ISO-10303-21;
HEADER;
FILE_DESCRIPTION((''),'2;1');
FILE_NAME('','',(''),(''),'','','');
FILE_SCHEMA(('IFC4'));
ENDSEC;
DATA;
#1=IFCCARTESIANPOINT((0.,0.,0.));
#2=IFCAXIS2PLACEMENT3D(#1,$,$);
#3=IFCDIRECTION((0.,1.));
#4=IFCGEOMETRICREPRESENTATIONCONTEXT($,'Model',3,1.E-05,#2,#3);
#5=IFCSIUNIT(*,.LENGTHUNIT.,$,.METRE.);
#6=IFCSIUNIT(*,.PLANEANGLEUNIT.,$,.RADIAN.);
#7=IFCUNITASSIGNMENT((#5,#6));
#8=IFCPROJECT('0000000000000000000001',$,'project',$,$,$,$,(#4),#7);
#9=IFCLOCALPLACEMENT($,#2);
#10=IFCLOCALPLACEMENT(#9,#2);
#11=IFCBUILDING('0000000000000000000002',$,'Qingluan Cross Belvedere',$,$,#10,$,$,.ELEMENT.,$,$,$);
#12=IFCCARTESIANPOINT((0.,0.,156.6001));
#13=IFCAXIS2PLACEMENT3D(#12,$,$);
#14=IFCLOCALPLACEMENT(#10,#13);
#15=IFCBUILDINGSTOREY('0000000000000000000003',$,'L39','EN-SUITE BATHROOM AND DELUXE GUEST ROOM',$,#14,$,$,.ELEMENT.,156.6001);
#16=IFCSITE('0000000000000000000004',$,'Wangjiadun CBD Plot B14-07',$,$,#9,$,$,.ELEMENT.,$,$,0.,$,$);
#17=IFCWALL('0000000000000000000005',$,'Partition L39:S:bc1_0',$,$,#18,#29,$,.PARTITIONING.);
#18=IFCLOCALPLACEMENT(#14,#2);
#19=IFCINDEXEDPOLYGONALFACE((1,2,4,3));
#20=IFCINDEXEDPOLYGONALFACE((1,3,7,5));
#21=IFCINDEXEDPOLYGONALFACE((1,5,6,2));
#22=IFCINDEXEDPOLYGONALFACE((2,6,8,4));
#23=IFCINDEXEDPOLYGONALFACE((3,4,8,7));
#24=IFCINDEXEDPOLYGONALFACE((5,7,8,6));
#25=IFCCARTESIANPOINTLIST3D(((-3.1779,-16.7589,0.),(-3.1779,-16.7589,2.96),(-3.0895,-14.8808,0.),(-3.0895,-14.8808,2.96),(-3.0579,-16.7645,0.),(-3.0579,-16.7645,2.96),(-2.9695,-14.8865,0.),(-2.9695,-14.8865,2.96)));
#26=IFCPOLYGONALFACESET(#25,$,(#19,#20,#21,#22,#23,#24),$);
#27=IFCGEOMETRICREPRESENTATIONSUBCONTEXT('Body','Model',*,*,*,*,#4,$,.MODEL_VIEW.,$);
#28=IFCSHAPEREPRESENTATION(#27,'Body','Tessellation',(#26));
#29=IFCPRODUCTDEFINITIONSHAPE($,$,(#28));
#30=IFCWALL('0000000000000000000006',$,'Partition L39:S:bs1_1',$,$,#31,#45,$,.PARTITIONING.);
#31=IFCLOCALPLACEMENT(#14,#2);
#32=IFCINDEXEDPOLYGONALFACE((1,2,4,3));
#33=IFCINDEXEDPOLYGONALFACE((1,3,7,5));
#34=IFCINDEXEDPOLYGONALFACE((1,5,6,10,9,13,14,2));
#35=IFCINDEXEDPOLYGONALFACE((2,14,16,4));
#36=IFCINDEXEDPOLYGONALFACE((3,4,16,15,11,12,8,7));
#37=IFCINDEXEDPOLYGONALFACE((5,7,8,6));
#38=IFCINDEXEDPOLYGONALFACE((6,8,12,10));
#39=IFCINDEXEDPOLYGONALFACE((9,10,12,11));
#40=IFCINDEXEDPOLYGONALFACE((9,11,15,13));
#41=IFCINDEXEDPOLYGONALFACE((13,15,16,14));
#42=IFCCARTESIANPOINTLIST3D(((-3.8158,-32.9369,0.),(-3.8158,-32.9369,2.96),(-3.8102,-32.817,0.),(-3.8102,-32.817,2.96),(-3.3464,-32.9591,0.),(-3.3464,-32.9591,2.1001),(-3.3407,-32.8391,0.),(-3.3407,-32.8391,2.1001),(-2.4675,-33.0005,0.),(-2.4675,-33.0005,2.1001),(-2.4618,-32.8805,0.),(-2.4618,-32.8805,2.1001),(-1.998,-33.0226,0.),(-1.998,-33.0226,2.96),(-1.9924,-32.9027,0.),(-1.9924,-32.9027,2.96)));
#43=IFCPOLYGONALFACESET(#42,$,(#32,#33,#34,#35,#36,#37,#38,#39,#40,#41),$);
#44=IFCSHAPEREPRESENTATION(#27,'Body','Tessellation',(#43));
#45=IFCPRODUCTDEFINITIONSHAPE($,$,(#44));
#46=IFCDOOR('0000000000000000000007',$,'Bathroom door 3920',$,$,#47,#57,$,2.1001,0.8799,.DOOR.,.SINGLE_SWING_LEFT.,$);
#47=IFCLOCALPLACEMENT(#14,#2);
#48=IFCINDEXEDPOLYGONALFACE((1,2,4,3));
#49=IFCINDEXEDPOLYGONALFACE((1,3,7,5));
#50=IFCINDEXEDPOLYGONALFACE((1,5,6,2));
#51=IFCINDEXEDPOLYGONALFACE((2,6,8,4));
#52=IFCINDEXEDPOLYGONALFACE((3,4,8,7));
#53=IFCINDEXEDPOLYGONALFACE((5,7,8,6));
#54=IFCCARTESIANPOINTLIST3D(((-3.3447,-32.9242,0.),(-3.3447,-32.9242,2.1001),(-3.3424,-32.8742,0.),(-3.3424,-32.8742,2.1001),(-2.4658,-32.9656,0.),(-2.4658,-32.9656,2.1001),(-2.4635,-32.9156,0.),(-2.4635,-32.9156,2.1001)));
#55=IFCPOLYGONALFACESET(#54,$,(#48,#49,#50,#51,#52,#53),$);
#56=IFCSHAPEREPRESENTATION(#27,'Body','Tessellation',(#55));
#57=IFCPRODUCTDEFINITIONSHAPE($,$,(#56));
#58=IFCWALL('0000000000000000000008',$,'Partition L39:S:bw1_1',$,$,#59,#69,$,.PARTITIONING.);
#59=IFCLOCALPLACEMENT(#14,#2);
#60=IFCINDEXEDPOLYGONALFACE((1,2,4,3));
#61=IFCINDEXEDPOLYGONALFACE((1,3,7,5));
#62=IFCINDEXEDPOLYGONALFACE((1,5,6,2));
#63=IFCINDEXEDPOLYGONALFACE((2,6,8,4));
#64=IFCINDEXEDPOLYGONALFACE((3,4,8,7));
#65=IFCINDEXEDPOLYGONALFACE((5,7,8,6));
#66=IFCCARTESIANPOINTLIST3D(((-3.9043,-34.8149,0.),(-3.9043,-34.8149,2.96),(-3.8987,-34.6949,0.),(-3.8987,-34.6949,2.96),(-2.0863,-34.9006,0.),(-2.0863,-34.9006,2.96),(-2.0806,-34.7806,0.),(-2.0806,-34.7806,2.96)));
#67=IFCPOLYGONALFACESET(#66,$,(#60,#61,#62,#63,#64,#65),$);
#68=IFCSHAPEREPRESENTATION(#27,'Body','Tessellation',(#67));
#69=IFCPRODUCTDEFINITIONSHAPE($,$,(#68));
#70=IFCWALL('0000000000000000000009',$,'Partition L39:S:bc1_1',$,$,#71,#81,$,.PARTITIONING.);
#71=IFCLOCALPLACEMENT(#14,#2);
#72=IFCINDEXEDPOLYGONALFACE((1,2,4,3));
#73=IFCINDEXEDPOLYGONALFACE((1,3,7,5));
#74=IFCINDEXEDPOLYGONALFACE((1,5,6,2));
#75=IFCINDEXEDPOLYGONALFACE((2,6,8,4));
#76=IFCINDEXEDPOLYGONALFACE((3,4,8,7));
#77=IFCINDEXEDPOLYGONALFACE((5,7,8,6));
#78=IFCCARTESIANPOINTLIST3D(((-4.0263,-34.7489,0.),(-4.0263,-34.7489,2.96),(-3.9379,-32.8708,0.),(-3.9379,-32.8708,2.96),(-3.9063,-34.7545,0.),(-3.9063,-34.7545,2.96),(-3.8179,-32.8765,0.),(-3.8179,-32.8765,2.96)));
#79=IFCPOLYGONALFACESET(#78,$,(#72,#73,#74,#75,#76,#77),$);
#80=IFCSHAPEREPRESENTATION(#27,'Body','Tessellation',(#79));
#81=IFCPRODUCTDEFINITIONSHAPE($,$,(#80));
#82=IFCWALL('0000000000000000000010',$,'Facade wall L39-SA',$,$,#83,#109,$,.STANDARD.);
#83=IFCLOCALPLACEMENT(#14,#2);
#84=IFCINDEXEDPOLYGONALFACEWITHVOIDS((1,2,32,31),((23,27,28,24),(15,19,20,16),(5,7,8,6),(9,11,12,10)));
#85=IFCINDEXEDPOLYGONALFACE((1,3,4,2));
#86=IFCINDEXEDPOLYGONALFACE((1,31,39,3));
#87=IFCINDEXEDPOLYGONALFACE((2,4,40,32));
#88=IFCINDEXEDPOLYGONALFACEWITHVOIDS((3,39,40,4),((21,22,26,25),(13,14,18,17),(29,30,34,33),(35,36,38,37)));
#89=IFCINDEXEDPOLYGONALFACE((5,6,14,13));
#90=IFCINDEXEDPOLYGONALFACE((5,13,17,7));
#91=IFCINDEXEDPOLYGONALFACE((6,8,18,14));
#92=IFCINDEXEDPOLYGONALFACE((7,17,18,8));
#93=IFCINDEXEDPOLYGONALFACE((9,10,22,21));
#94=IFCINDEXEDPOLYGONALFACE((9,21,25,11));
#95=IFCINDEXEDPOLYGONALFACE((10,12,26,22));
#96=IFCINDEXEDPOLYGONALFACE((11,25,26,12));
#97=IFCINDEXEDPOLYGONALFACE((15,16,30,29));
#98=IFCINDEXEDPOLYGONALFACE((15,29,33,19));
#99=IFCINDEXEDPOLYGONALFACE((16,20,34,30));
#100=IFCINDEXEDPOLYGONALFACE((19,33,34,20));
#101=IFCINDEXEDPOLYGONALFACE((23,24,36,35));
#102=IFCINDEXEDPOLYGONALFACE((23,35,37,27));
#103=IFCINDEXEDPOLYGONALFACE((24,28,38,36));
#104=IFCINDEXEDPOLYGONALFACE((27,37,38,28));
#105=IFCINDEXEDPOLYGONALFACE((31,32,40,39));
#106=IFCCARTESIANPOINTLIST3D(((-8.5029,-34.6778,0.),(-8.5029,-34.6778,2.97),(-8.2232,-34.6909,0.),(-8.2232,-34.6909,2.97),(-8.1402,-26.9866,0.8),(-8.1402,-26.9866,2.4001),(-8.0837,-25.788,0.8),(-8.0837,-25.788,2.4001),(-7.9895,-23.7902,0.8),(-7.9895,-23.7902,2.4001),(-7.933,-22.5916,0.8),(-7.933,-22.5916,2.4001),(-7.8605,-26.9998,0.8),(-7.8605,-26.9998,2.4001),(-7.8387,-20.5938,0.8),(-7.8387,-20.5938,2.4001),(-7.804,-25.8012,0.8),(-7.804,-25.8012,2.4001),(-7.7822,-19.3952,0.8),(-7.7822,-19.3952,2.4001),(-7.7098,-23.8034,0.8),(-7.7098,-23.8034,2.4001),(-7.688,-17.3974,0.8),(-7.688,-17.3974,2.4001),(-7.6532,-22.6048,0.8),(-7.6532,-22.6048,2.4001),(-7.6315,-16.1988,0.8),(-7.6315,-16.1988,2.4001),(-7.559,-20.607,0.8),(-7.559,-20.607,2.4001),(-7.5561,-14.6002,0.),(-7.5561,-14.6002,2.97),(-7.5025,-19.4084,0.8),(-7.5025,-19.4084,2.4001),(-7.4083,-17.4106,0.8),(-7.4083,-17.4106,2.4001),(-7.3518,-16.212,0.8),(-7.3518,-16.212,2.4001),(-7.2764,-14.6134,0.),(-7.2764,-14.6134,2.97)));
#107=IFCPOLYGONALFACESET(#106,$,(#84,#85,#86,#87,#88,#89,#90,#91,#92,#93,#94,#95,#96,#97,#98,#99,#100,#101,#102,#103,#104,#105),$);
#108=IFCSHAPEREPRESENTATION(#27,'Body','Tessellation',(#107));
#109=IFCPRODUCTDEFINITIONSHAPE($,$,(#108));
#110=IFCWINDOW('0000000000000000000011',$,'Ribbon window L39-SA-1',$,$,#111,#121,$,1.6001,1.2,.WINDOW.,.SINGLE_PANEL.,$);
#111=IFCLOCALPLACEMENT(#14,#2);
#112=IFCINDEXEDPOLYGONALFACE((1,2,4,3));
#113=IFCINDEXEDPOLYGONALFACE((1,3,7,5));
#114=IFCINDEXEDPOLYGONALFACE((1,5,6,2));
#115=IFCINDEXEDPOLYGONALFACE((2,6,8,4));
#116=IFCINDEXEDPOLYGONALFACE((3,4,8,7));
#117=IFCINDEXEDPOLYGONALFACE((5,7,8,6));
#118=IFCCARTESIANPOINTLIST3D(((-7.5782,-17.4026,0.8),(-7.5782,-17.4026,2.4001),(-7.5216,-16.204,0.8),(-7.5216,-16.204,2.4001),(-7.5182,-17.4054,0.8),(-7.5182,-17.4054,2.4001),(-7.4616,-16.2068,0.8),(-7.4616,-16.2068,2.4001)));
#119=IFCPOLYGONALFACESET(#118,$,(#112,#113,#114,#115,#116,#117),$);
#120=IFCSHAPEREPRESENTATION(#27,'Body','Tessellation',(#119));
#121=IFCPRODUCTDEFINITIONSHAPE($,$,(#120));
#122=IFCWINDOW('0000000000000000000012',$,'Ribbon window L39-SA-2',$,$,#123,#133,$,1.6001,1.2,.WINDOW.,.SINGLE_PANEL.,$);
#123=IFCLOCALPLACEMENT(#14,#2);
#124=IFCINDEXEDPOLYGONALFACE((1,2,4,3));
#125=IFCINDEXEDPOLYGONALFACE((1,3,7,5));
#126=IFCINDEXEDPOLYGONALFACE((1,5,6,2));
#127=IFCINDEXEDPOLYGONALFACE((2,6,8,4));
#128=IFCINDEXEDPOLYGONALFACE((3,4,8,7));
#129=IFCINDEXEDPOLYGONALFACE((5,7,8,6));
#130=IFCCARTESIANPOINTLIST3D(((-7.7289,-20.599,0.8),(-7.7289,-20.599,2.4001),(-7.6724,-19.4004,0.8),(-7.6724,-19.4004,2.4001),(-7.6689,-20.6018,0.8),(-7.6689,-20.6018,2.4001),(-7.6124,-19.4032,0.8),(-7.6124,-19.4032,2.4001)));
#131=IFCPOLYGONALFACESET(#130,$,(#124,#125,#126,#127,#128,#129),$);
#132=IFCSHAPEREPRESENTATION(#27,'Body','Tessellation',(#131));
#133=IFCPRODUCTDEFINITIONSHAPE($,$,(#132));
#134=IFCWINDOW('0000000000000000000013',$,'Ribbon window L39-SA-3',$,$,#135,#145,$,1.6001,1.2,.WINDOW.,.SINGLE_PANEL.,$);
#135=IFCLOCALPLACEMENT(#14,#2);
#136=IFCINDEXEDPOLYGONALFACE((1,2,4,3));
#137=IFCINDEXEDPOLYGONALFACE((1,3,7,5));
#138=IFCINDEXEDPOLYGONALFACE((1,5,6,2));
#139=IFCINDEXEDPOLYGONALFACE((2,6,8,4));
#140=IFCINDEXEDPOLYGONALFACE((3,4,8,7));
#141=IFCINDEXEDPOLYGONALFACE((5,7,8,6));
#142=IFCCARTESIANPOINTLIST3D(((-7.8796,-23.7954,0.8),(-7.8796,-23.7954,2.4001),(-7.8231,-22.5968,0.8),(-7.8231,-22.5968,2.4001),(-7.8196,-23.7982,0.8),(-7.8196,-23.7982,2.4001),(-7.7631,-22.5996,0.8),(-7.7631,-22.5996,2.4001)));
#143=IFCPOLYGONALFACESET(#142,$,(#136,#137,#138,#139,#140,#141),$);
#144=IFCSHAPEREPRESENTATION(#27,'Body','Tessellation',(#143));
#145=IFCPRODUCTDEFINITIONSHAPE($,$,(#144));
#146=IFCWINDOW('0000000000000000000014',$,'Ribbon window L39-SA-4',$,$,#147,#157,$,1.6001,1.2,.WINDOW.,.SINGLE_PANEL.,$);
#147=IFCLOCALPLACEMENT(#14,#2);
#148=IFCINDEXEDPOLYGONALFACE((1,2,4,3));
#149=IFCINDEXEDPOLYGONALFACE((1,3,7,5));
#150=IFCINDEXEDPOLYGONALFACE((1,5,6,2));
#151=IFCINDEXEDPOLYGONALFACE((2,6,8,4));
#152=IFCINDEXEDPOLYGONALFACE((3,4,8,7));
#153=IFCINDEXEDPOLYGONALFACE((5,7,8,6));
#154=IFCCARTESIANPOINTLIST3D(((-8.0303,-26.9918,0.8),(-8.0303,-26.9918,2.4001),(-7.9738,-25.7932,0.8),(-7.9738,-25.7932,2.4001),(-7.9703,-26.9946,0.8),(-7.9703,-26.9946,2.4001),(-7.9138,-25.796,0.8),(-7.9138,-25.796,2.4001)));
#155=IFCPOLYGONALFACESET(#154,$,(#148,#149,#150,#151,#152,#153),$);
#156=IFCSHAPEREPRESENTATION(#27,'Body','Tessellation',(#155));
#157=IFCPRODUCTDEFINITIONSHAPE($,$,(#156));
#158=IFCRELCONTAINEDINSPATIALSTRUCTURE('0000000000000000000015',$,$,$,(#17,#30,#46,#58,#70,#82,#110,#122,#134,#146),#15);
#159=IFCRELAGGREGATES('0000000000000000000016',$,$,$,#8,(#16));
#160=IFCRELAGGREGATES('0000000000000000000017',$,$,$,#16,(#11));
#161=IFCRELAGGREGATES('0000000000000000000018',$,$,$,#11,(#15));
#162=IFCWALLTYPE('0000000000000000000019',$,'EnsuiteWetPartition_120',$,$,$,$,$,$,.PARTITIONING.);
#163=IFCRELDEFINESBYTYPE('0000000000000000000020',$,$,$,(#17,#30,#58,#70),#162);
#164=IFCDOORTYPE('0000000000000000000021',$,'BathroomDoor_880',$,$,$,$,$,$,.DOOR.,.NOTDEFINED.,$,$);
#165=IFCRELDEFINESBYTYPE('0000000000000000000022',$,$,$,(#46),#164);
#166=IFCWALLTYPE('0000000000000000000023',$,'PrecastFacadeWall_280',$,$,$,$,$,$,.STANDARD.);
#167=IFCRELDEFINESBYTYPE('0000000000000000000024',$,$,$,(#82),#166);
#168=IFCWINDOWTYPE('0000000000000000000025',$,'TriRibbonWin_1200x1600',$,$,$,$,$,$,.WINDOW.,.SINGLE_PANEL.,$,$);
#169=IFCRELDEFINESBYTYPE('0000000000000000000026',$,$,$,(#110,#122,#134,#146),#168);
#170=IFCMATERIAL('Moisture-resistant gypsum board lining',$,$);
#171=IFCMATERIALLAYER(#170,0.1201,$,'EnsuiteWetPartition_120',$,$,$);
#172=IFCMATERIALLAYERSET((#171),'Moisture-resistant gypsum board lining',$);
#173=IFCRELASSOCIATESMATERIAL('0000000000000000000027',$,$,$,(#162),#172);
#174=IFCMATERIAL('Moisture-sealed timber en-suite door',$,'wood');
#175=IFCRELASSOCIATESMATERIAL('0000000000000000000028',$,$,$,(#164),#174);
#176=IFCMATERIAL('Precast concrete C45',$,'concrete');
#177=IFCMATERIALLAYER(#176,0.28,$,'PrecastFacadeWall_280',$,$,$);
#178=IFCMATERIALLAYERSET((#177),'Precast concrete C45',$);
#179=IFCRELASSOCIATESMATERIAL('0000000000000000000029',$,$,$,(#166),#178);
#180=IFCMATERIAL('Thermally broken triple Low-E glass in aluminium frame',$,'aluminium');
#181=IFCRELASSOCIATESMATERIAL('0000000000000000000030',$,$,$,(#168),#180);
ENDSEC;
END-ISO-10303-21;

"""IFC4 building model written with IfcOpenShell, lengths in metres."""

from ifc_helpers import new_model, si_unit, direction, frame, frame_2d, origin, place, context, subcontext, project, spatial, rectangle, extrude, material, layer, layer_set, type_object, element, fill, save


model = new_model("IFC4")

# Units and contexts
model_context = context("Model", 3, precision=1e-05, world=origin(), true_north=direction((0.0, 1.0)))
body_context = subcontext(model_context, "Body", "Model", "MODEL_VIEW")
ifc_project = project(units=[si_unit("LENGTHUNIT", "METRE"), si_unit("PLANEANGLEUNIT", "RADIAN")], contexts=[model_context])

# Site, building, storey
site_placement = place(None, origin())
site = spatial("IfcSite", under=ifc_project, at=site_placement, Name="Wangjiadun CBD Plot B14-07", CompositionType="ELEMENT", RefElevation=0.0)
building_placement = place(site_placement, origin())
building = spatial("IfcBuilding", under=site, at=building_placement, Name="Qingluan Cross Belvedere", CompositionType="ELEMENT")
storey_placement = place(building_placement, frame((0.0, 0.0, 156.6001)))
storey = spatial("IfcBuildingStorey", under=building, at=storey_placement, Name="L39", Description="EN-SUITE BATHROOM AND DELUXE GUEST ROOM", CompositionType="ELEMENT", Elevation=156.6001)

# Shared definitions
ifc_material_1 = material(Name="Moisture-resistant gypsum board lining")
ifc_layer_1 = layer(ifc_material_1, 0.1201, Name="EnsuiteWetPartition_120")
ifc_layer_set_1 = layer_set([ifc_layer_1], Name="Moisture-resistant gypsum board lining")
wall_type_1 = type_object("IfcWallType", Name="EnsuiteWetPartition_120", PredefinedType="PARTITIONING", material=ifc_layer_set_1)
ifc_material_2 = material(Name="Moisture-sealed timber en-suite door", Category="wood")
door_type = type_object("IfcDoorType", Name="BathroomDoor_880", OperationType="NOTDEFINED", PredefinedType="DOOR", material=ifc_material_2)

# Wall
wall_1_placement = place(storey_placement, frame((-3.0295, -14.8838, 0.0), z_axis=(0.0, 0.0, 1.0), x_axis=(-0.04701, -0.998894, 0.0)))
element("IfcWall", 1, at=wall_1_placement, inside=storey, type_object=wall_type_1, Name="Partition L39:S:bc1_0", PredefinedType="PARTITIONING", context=body_context, shape_type="SweptSolid", body=[
    extrude(rectangle(XDim=1.8801, YDim=0.1201, at=frame_2d((0.9399, 0.0))), origin(), (0.0, 0.0, 1.0), 2.96),
])

# Wall, opening, door
wall_2_placement = place(storey_placement, frame((-3.813, -32.877, 0.0), z_axis=(0.0, 0.0, 1.0), x_axis=(0.998891, -0.047087, 0.0)))
wall_2 = element("IfcWall", 2, at=wall_2_placement, inside=storey, type_object=wall_type_1, Name="Partition L39:S:bs1_1", PredefinedType="PARTITIONING", context=body_context, shape_type="SweptSolid", body=[
    extrude(rectangle(XDim=1.8198, YDim=0.1201, at=frame_2d((0.9099, 0.0))), origin(), (0.0, 0.0, 1.0), 2.96),
])
opening_1_placement = place(wall_2_placement, frame((0.47, 0.0, 0.0)))
opening_1 = element("IfcOpeningElement", 3, at=opening_1_placement, cuts=wall_2, PredefinedType="OPENING", context=body_context, shape_type="SweptSolid", body=[
    extrude(rectangle(XDim=0.8799, YDim=2.1001, at=frame_2d((0.4399, 1.05))), frame((0.0, 0.0701, 0.0), z_axis=(0.0, -1.0, 0.0), x_axis=(1.0, 0.0, 0.0)), (0.0, 0.0, 1.0), 0.1401),
])
door_1_placement = place(opening_1_placement, origin())
door_1 = element("IfcDoor", 4, at=door_1_placement, inside=storey, type_object=door_type, Name="Bathroom door 3920", OperationType="SINGLE_SWING_LEFT", OverallHeight=2.1001, OverallWidth=0.8799, PredefinedType="DOOR", context=body_context, shape_type="SweptSolid", body=[
    extrude(rectangle(XDim=0.8799, YDim=2.1001, at=frame_2d((0.4399, 1.05))), frame((0.0, 0.0249, 0.0), z_axis=(0.0, -1.0, 0.0), x_axis=(1.0, 0.0, 0.0)), (0.0, 0.0, 1.0), 0.05),
])
fill(opening_1, door_1)

# Walls
wall_3_placement = place(storey_placement, frame((-3.9016, -34.7549, 0.0), z_axis=(0.0, 0.0, 1.0), x_axis=(0.998891, -0.047081, 0.0)))
element("IfcWall", 5, at=wall_3_placement, inside=storey, type_object=wall_type_1, Name="Partition L39:S:bw1_1", PredefinedType="PARTITIONING", context=body_context, shape_type="SweptSolid", body=[
    extrude(rectangle(XDim=1.8201, YDim=0.1201, at=frame_2d((0.9102, 0.0))), origin(), (0.0, 0.0, 1.0), 2.96),
])
wall_4_placement = place(storey_placement, frame((-3.8779, -32.8738, 0.0), z_axis=(0.0, 0.0, 1.0), x_axis=(-0.04701, -0.998894, 0.0)))
element("IfcWall", 6, at=wall_4_placement, inside=storey, type_object=wall_type_1, Name="Partition L39:S:bc1_1", PredefinedType="PARTITIONING", context=body_context, shape_type="SweptSolid", body=[
    extrude(rectangle(XDim=1.8801, YDim=0.1201, at=frame_2d((0.9399, 0.0))), origin(), (0.0, 0.0, 1.0), 2.96),
])

# Wall, openings, windows
ifc_material_3 = material(Name="Precast concrete C45", Category="concrete")
ifc_layer_2 = layer(ifc_material_3, 0.28, Name="PrecastFacadeWall_280")
ifc_layer_set_2 = layer_set([ifc_layer_2], Name="Precast concrete C45")
wall_type_2 = type_object("IfcWallType", Name="PrecastFacadeWall_280", PredefinedType="STANDARD", material=ifc_layer_set_2)
wall_5_placement = place(storey_placement, frame((-7.4163, -14.6069, 0.0), z_axis=(0.0, 0.0, 1.0), x_axis=(-0.047103, -0.99889, 0.0)))
wall_5 = element("IfcWall", 7, at=wall_5_placement, inside=storey, type_object=wall_type_2, Name="Facade wall L39-SA", PredefinedType="STANDARD", context=body_context, shape_type="SweptSolid", body=[
    extrude(rectangle(XDim=20.0999, YDim=0.28, at=frame_2d((10.0498, 0.0))), origin(), (0.0, 0.0, 1.0), 2.97),
])
opening_2_placement = place(wall_5_placement, frame((1.6001, 0.0, 0.8)))
opening_2 = element("IfcOpeningElement", 8, at=opening_2_placement, cuts=wall_5, PredefinedType="OPENING", context=body_context, shape_type="SweptSolid", body=[
    extrude(rectangle(XDim=1.2, YDim=1.6001, at=frame_2d((0.6001, 0.8))), frame((0.0, 0.1499, 0.0), z_axis=(0.0, -1.0, 0.0), x_axis=(1.0, 0.0, 0.0)), (0.0, 0.0, 1.0), 0.3),
])
opening_3_placement = place(wall_5_placement, frame((4.8, 0.0, 0.8)))
opening_3 = element("IfcOpeningElement", 9, at=opening_3_placement, cuts=wall_5, PredefinedType="OPENING", context=body_context, shape_type="SweptSolid", body=[
    extrude(rectangle(XDim=1.2, YDim=1.6001, at=frame_2d((0.6001, 0.8))), frame((0.0, 0.1499, 0.0), z_axis=(0.0, -1.0, 0.0), x_axis=(1.0, 0.0, 0.0)), (0.0, 0.0, 1.0), 0.3),
])
opening_4_placement = place(wall_5_placement, frame((8.0, 0.0, 0.8)))
opening_4 = element("IfcOpeningElement", 10, at=opening_4_placement, cuts=wall_5, PredefinedType="OPENING", context=body_context, shape_type="SweptSolid", body=[
    extrude(rectangle(XDim=1.2, YDim=1.6001, at=frame_2d((0.6001, 0.8))), frame((0.0, 0.1499, 0.0), z_axis=(0.0, -1.0, 0.0), x_axis=(1.0, 0.0, 0.0)), (0.0, 0.0, 1.0), 0.3),
])
opening_5_placement = place(wall_5_placement, frame((11.2, 0.0, 0.8)))
opening_5 = element("IfcOpeningElement", 11, at=opening_5_placement, cuts=wall_5, PredefinedType="OPENING", context=body_context, shape_type="SweptSolid", body=[
    extrude(rectangle(XDim=1.2, YDim=1.6001, at=frame_2d((0.6001, 0.8))), frame((0.0, 0.1499, 0.0), z_axis=(0.0, -1.0, 0.0), x_axis=(1.0, 0.0, 0.0)), (0.0, 0.0, 1.0), 0.3),
])
ifc_material_4 = material(Name="Thermally broken triple Low-E glass in aluminium frame", Category="aluminium")
window_type_1 = type_object("IfcWindowType", Name="TriRibbonWin_1200x1600", PartitioningType="SINGLE_PANEL", PredefinedType="WINDOW", material=ifc_material_4)
window_1_placement = place(opening_2_placement, origin())
window_1 = element("IfcWindow", 12, at=window_1_placement, inside=storey, type_object=window_type_1, Name="Ribbon window L39-SA-1", OverallHeight=1.6001, OverallWidth=1.2, PartitioningType="SINGLE_PANEL", PredefinedType="WINDOW", context=body_context, shape_type="SweptSolid", body=[
    extrude(rectangle(XDim=1.2, YDim=1.6001, at=frame_2d((0.6001, 0.8))), frame((0.0, 0.03, 0.0), z_axis=(0.0, -1.0, 0.0), x_axis=(1.0, 0.0, 0.0)), (0.0, 0.0, 1.0), 0.0601),
])
fill(opening_2, window_1)
window_2_placement = place(opening_3_placement, origin())
window_2 = element("IfcWindow", 13, at=window_2_placement, inside=storey, type_object=window_type_1, Name="Ribbon window L39-SA-2", OverallHeight=1.6001, OverallWidth=1.2, PartitioningType="SINGLE_PANEL", PredefinedType="WINDOW", context=body_context, shape_type="SweptSolid", body=[
    extrude(rectangle(XDim=1.2, YDim=1.6001, at=frame_2d((0.6001, 0.8))), frame((0.0, 0.03, 0.0), z_axis=(0.0, -1.0, 0.0), x_axis=(1.0, 0.0, 0.0)), (0.0, 0.0, 1.0), 0.0601),
])
fill(opening_3, window_2)
window_3_placement = place(opening_4_placement, origin())
window_3 = element("IfcWindow", 14, at=window_3_placement, inside=storey, type_object=window_type_1, Name="Ribbon window L39-SA-3", OverallHeight=1.6001, OverallWidth=1.2, PartitioningType="SINGLE_PANEL", PredefinedType="WINDOW", context=body_context, shape_type="SweptSolid", body=[
    extrude(rectangle(XDim=1.2, YDim=1.6001, at=frame_2d((0.6001, 0.8))), frame((0.0, 0.03, 0.0), z_axis=(0.0, -1.0, 0.0), x_axis=(1.0, 0.0, 0.0)), (0.0, 0.0, 1.0), 0.0601),
])
fill(opening_4, window_3)
window_4_placement = place(opening_5_placement, origin())
window_4 = element("IfcWindow", 15, at=window_4_placement, inside=storey, type_object=window_type_1, Name="Ribbon window L39-SA-4", OverallHeight=1.6001, OverallWidth=1.2, PartitioningType="SINGLE_PANEL", PredefinedType="WINDOW", context=body_context, shape_type="SweptSolid", body=[
    extrude(rectangle(XDim=1.2, YDim=1.6001, at=frame_2d((0.6001, 0.8))), frame((0.0, 0.03, 0.0), z_axis=(0.0, -1.0, 0.0), x_axis=(1.0, 0.0, 0.0)), (0.0, 0.0, 1.0), 0.0601),
])
fill(opening_5, window_4)

save(model, "model.ifc")
